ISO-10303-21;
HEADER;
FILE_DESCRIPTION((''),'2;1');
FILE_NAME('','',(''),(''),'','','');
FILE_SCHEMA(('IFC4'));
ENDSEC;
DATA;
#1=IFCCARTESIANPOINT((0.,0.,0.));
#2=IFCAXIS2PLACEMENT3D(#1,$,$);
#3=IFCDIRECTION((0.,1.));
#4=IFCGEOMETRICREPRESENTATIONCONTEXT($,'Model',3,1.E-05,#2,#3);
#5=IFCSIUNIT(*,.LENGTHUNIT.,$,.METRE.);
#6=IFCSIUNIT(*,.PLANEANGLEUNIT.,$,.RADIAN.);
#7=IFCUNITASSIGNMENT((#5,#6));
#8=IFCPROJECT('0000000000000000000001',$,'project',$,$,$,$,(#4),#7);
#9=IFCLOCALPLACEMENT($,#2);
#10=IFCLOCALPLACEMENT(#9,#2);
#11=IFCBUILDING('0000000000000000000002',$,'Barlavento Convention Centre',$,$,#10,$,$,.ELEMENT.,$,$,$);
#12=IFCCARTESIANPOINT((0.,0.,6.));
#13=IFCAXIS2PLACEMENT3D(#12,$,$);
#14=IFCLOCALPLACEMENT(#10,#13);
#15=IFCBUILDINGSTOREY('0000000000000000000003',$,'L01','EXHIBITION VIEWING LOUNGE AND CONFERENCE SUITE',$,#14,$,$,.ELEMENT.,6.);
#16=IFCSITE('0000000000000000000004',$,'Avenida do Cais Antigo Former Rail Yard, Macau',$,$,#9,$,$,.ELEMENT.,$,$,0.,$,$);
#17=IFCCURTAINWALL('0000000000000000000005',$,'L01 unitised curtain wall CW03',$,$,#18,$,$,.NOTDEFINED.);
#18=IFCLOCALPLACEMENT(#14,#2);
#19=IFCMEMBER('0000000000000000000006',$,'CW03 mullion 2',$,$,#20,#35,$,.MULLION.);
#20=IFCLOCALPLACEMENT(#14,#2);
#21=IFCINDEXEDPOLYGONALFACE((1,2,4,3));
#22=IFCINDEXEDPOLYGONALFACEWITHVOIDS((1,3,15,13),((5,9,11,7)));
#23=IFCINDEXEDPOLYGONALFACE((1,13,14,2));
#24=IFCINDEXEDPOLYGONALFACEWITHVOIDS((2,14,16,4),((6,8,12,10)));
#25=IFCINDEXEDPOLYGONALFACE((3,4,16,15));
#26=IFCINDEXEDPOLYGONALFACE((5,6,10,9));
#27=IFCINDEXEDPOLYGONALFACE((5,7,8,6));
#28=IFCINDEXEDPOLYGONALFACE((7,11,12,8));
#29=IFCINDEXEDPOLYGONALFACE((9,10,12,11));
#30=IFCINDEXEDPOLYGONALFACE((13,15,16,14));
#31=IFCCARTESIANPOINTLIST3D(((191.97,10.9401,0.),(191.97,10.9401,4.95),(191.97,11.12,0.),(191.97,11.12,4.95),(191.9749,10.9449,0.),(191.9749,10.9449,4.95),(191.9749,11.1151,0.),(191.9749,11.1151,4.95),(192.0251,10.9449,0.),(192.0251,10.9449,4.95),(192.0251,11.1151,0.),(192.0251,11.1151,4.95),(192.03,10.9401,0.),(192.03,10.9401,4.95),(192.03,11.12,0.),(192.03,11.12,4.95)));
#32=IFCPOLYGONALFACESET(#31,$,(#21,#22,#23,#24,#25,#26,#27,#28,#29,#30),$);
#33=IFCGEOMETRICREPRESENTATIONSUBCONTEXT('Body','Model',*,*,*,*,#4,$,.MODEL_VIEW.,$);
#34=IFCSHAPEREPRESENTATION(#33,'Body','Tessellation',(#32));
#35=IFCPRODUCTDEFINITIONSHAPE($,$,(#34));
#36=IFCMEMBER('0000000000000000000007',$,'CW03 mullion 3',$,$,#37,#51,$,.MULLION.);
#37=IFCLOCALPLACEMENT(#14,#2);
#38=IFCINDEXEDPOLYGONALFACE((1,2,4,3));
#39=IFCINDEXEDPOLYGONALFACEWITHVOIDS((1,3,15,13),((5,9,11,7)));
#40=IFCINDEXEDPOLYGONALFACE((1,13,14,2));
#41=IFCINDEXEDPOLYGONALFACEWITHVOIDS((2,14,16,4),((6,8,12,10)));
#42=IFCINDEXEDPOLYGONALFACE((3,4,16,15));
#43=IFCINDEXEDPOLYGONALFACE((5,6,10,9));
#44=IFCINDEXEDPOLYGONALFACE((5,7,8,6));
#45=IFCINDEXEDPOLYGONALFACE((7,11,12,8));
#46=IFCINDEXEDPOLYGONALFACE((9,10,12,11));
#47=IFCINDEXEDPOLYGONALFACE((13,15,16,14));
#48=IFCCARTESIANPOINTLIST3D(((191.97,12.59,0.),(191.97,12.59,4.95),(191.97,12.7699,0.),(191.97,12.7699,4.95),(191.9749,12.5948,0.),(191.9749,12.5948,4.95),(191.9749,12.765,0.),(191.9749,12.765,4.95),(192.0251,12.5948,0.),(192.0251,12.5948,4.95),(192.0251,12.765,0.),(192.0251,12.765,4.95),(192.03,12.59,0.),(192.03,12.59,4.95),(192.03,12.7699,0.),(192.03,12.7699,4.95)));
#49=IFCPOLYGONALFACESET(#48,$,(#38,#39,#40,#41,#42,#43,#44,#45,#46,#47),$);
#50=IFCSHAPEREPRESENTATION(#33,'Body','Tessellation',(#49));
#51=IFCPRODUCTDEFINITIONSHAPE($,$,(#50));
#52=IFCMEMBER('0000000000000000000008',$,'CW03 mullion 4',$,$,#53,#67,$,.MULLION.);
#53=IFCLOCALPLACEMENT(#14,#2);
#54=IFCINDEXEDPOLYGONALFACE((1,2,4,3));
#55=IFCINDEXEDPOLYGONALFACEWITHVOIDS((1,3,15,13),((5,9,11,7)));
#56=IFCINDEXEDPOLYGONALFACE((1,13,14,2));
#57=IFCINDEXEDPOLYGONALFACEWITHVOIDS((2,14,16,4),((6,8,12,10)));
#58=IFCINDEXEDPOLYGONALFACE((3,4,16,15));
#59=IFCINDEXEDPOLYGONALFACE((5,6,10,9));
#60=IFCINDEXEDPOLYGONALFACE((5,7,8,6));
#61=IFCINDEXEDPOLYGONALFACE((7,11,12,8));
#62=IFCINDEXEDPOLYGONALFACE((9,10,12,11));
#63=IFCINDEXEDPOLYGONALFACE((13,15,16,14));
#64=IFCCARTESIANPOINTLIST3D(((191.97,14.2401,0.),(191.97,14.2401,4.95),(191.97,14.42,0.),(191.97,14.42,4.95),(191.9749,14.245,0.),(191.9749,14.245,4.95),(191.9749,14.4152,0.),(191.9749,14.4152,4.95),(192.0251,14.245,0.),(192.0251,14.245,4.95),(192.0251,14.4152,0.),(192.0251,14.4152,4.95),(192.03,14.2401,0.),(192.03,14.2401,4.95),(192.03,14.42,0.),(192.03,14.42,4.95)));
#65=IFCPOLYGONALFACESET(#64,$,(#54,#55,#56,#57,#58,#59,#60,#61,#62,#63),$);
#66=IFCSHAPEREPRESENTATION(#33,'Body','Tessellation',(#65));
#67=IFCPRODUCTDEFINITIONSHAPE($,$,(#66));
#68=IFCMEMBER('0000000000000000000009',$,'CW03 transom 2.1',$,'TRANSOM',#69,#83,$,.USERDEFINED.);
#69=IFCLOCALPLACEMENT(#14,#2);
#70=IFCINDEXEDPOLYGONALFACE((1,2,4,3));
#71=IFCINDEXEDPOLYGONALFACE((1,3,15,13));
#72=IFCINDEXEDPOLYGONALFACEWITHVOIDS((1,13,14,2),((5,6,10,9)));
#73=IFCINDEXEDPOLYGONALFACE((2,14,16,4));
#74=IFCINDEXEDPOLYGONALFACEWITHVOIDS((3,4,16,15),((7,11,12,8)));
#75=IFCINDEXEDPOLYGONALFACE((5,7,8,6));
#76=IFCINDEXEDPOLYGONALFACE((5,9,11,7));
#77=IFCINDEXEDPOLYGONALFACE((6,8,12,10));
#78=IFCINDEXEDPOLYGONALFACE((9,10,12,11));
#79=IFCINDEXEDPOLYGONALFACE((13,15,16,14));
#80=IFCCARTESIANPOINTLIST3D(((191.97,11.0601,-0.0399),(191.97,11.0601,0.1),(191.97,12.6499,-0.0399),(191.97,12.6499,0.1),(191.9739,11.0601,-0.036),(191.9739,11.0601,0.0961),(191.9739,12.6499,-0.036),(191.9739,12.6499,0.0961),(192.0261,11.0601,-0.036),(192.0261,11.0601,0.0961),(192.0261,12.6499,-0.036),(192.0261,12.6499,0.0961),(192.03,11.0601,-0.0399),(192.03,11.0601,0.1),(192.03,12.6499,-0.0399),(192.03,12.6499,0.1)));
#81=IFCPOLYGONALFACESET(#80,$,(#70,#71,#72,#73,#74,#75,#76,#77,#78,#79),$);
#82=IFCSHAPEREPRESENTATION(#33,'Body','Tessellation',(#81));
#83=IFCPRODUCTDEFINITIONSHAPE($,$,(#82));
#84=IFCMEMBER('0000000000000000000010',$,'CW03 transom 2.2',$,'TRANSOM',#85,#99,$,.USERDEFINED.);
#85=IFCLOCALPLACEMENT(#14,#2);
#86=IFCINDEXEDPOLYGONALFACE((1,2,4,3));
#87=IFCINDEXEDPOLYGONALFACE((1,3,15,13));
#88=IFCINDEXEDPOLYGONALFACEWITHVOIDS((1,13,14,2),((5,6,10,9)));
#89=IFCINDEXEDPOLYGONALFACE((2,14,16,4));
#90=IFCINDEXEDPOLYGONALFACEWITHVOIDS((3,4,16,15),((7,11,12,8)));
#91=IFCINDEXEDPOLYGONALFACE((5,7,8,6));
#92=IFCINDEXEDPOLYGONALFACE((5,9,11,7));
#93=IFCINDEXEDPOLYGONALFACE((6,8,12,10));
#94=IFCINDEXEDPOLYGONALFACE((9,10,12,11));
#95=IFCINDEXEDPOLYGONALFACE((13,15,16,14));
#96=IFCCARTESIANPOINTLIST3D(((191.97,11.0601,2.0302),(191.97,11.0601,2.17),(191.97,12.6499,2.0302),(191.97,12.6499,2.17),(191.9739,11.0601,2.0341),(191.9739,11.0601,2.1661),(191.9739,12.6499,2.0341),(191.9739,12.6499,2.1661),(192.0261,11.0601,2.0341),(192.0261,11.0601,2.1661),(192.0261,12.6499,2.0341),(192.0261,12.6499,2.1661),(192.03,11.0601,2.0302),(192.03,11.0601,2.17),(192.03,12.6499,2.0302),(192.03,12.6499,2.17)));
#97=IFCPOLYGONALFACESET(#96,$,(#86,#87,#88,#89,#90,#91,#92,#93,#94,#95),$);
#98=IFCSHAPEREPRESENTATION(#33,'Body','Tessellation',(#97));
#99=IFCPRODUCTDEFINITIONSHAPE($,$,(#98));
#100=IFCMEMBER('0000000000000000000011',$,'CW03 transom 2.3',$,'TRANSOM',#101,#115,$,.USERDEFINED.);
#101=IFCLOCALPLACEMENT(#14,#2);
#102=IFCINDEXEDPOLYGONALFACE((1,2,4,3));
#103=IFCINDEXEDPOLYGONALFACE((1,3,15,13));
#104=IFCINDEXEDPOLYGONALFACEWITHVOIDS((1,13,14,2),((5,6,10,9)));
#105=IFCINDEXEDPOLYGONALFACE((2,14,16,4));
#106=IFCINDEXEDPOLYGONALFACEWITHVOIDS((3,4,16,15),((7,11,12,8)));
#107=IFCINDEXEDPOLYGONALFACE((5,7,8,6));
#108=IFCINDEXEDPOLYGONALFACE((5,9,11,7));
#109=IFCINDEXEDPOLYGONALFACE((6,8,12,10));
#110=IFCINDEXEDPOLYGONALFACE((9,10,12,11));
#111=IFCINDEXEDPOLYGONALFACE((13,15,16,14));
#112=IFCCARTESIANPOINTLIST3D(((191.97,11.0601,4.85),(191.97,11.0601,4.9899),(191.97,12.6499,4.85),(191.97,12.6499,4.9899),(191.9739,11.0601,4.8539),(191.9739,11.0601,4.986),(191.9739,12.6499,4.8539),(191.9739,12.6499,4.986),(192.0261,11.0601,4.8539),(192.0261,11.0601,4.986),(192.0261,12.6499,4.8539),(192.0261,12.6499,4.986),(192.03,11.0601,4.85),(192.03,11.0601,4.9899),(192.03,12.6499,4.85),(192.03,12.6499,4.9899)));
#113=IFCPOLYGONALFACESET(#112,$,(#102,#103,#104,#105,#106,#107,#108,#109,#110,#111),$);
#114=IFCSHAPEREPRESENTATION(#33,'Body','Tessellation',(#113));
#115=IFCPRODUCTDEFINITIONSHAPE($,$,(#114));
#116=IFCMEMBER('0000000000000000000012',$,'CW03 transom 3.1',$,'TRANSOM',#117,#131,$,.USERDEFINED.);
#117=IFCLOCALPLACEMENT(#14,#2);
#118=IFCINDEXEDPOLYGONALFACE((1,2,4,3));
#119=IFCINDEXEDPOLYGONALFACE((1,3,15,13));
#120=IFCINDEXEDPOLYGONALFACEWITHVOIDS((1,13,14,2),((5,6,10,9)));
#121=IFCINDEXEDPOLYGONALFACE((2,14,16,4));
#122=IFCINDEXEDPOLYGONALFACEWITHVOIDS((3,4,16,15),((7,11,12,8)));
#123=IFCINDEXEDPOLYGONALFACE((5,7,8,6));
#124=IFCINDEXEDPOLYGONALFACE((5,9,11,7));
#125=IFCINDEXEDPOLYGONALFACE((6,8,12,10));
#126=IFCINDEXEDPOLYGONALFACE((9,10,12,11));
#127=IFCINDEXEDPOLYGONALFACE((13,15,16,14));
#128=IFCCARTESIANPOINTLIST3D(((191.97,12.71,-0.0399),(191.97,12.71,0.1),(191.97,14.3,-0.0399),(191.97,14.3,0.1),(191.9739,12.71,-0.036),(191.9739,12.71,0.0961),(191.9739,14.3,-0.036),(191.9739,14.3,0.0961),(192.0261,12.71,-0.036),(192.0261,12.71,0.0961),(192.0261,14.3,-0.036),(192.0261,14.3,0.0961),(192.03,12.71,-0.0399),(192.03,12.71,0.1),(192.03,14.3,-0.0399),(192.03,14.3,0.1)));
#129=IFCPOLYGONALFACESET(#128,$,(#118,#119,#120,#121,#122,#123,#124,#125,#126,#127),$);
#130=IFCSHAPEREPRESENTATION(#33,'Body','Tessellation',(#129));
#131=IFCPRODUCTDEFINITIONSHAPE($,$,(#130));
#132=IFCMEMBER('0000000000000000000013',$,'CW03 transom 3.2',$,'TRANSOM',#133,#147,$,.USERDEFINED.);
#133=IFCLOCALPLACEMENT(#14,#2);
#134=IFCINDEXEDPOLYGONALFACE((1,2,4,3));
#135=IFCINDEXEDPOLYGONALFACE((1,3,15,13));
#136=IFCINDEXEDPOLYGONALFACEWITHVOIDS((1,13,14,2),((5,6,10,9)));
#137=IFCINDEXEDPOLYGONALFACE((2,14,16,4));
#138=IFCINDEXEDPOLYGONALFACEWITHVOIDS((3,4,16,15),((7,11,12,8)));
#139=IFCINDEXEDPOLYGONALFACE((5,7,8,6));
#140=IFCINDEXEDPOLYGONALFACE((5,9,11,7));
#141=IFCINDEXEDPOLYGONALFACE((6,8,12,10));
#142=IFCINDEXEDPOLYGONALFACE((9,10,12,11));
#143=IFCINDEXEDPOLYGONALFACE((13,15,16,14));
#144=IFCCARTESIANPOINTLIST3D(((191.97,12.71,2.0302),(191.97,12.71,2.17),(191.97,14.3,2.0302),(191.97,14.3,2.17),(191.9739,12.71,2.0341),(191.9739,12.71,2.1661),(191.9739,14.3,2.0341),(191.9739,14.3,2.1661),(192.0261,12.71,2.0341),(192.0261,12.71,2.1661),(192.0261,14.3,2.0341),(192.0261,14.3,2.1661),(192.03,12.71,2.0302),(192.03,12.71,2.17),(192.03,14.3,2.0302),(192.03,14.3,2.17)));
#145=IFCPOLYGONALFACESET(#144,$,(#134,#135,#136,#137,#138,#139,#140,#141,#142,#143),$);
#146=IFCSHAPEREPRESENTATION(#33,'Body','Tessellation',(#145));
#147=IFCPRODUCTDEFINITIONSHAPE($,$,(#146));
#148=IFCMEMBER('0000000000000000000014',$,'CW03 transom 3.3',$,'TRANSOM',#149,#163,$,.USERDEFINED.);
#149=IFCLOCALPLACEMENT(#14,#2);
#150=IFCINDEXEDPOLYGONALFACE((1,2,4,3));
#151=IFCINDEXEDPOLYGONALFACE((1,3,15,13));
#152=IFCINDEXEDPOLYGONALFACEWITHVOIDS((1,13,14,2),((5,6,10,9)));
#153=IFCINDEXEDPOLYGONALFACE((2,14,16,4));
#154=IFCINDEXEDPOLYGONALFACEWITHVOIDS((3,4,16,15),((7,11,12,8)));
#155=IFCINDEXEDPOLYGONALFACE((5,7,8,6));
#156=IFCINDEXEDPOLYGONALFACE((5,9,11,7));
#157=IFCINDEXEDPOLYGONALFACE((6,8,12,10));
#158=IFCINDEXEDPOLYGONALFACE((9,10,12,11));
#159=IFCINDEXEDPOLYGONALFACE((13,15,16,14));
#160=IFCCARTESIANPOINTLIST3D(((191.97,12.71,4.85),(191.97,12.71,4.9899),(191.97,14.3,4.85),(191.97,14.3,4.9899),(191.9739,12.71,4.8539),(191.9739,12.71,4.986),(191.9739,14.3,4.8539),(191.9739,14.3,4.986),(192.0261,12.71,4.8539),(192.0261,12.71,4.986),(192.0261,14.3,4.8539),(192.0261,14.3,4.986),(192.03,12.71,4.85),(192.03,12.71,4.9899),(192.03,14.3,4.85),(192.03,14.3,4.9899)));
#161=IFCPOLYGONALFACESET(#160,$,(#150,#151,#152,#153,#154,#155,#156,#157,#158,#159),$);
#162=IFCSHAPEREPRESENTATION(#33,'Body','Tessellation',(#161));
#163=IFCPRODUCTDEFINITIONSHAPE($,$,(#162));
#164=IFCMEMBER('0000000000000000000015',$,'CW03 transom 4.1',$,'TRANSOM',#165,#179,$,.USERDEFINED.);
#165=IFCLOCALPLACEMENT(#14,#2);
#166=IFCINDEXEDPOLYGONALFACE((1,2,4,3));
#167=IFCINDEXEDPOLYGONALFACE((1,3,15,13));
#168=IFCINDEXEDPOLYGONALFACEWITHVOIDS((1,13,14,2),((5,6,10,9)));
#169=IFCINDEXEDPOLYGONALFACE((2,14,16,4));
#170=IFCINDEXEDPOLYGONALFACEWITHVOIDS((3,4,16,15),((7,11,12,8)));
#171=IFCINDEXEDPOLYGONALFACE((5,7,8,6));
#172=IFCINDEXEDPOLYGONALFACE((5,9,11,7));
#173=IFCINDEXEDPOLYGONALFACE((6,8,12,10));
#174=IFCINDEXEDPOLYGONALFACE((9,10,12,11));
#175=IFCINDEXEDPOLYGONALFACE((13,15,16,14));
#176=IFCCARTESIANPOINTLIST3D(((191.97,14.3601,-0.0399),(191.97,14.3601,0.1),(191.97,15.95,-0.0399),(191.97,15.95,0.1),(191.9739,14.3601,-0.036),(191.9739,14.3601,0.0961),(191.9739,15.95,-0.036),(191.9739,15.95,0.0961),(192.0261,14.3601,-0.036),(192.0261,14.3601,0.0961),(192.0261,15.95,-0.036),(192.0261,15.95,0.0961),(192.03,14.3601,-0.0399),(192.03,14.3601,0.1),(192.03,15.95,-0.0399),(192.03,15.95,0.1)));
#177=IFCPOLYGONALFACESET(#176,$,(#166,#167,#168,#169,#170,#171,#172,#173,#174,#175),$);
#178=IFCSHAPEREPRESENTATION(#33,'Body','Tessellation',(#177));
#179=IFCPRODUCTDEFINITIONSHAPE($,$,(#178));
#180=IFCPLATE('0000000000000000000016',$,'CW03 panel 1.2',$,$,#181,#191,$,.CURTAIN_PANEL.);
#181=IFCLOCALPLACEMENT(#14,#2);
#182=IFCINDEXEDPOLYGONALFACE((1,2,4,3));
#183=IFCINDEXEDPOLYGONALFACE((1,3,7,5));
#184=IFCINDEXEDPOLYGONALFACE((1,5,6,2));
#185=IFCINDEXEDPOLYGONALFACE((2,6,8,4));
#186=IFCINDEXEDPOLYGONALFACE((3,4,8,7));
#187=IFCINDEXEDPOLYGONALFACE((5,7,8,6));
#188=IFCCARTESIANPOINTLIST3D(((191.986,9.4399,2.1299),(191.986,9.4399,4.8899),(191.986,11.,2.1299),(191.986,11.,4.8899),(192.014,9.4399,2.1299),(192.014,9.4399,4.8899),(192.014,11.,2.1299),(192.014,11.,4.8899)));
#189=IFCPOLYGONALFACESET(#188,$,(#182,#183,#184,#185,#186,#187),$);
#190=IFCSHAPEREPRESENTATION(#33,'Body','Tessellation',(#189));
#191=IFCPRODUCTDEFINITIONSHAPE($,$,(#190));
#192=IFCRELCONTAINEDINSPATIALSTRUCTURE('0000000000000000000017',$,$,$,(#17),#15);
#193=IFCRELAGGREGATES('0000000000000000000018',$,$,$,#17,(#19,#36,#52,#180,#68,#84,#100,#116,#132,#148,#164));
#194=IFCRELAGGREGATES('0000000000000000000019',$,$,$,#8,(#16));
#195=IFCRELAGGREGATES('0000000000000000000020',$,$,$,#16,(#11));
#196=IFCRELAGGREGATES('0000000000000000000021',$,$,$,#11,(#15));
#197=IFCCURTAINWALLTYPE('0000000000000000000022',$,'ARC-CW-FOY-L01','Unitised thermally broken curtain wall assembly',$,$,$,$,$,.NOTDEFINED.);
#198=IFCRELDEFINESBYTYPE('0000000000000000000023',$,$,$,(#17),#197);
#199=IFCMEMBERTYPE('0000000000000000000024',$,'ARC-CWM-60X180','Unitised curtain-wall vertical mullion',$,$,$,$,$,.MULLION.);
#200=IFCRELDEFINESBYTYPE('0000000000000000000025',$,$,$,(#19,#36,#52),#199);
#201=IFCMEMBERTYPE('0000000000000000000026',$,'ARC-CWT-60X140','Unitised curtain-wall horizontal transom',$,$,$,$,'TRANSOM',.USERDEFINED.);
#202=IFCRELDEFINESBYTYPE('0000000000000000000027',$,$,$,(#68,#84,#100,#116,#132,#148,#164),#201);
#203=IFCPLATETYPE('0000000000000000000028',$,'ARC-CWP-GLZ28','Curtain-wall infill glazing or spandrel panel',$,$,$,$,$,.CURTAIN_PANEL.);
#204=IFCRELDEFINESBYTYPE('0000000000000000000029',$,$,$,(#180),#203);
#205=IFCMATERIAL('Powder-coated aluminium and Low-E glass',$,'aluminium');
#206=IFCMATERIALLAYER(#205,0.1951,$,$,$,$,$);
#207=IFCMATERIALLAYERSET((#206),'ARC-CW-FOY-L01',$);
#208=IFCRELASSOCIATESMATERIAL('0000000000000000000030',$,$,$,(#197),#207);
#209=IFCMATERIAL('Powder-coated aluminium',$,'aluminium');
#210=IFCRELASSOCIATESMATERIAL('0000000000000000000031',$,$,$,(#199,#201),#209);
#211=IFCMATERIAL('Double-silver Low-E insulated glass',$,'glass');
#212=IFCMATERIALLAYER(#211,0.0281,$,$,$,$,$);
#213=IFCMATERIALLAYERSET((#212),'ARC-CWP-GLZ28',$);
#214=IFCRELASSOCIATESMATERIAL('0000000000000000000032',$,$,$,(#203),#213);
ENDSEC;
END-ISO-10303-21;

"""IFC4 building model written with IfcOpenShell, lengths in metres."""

from ifc_helpers import new_model, si_unit, direction, frame, origin, origin_2d, place, context, subcontext, project, spatial, rectangle, hollow_rectangle, extrude, material, layer, layer_set, material_profile, profile_set, type_object, element, aggregate, save


model = new_model("IFC4")

# Units and contexts
model_context = context("Model", 3, precision=1e-05, world=origin(), true_north=direction((0.0, 1.0)))
body_context = subcontext(model_context, "Body", "Model", "MODEL_VIEW")
ifc_project = project(units=[si_unit("LENGTHUNIT", "METRE"), si_unit("PLANEANGLEUNIT", "RADIAN")], contexts=[model_context])

# Site, building, storey
site_placement = place(None, origin())
site = spatial("IfcSite", under=ifc_project, at=site_placement, Name="Avenida do Cais Antigo Former Rail Yard, Macau", CompositionType="ELEMENT", RefElevation=0.0)
building_placement = place(site_placement, origin())
building = spatial("IfcBuilding", under=site, at=building_placement, Name="Barlavento Convention Centre", CompositionType="ELEMENT")
storey_placement = place(building_placement, frame((0.0, 0.0, 6.0)))
storey = spatial("IfcBuildingStorey", under=building, at=storey_placement, Name="L01", Description="EXHIBITION VIEWING LOUNGE AND CONFERENCE SUITE", CompositionType="ELEMENT", Elevation=6.0)

# Curtain wall, members, plate
ifc_material_1 = material(Name="Powder-coated aluminium and Low-E glass", Category="aluminium")
ifc_layer_1 = layer(ifc_material_1, 0.1951)
ifc_layer_set_1 = layer_set([ifc_layer_1], Name="ARC-CW-FOY-L01")
curtain_wall_type = type_object("IfcCurtainWallType", Name="ARC-CW-FOY-L01", Description="Unitised thermally broken curtain wall assembly", PredefinedType="NOTDEFINED", material=ifc_layer_set_1)
curtain_wall_placement = place(storey_placement, origin())
curtain_wall = element("IfcCurtainWall", 1, at=curtain_wall_placement, inside=storey, type_object=curtain_wall_type, Name="L01 unitised curtain wall CW03", PredefinedType="NOTDEFINED")
ifc_material_2 = material(Name="Powder-coated aluminium", Category="aluminium")
ifc_material_profile_1 = material_profile(ifc_material_2, hollow_rectangle(XDim=0.0601, YDim=0.1799, WallThickness=0.0049, at=origin_2d()), Name="AL-MULL 60x180x5")
ifc_profile_set_1 = profile_set([ifc_material_profile_1], Name="Powder-coated aluminium")
member_type_1 = type_object("IfcMemberType", Name="ARC-CWM-60X180", Description="Unitised curtain-wall vertical mullion", PredefinedType="MULLION", material=ifc_profile_set_1)
member_1_placement = place(storey_placement, frame((192.0, 11.03, 0.0), z_axis=(0.0, 0.0, 1.0), x_axis=(-1.0, 0.0, 0.0)))
member_1 = element("IfcMember", 2, at=member_1_placement, type_object=member_type_1, Name="CW03 mullion 2", PredefinedType="MULLION", context=body_context, shape_type="SweptSolid", body=[
    extrude(hollow_rectangle(XDim=0.0601, YDim=0.1799, WallThickness=0.0049, at=origin_2d()), origin(), (0.0, 0.0, 1.0), 4.95),
])
member_2_placement = place(storey_placement, frame((192.0, 12.6799, 0.0), z_axis=(0.0, 0.0, 1.0), x_axis=(-1.0, 0.0, 0.0)))
member_2 = element("IfcMember", 3, at=member_2_placement, type_object=member_type_1, Name="CW03 mullion 3", PredefinedType="MULLION", context=body_context, shape_type="SweptSolid", body=[
    extrude(hollow_rectangle(XDim=0.0601, YDim=0.1799, WallThickness=0.0049, at=origin_2d()), origin(), (0.0, 0.0, 1.0), 4.95),
])
member_3_placement = place(storey_placement, frame((192.0, 14.3301, 0.0), z_axis=(0.0, 0.0, 1.0), x_axis=(-1.0, 0.0, 0.0)))
member_3 = element("IfcMember", 4, at=member_3_placement, type_object=member_type_1, Name="CW03 mullion 4", PredefinedType="MULLION", context=body_context, shape_type="SweptSolid", body=[
    extrude(hollow_rectangle(XDim=0.0601, YDim=0.1799, WallThickness=0.0049, at=origin_2d()), origin(), (0.0, 0.0, 1.0), 4.95),
])
ifc_material_profile_2 = material_profile(ifc_material_2, hollow_rectangle(XDim=0.0601, YDim=0.1399, WallThickness=0.0039, at=origin_2d()), Name="AL-TRAN 60x140x4")
ifc_profile_set_2 = profile_set([ifc_material_profile_2], Name="Powder-coated aluminium")
member_type_2 = type_object("IfcMemberType", Name="ARC-CWT-60X140", Description="Unitised curtain-wall horizontal transom", ElementType="TRANSOM", PredefinedType="USERDEFINED", material=ifc_profile_set_2)
member_4_placement = place(storey_placement, frame((192.0, 11.0601, 0.03), z_axis=(0.0, 1.0, 0.0), x_axis=(-1.0, 0.0, 0.0)))
member_4 = element("IfcMember", 5, at=member_4_placement, type_object=member_type_2, Name="CW03 transom 2.1", ObjectType="TRANSOM", PredefinedType="USERDEFINED", context=body_context, shape_type="SweptSolid", body=[
    extrude(hollow_rectangle(XDim=0.0601, YDim=0.1399, WallThickness=0.0039, at=origin_2d()), origin(), (0.0, 0.0, 1.0), 1.5898),
])
member_5_placement = place(storey_placement, frame((192.0, 11.0601, 2.1001), z_axis=(0.0, 1.0, 0.0), x_axis=(-1.0, 0.0, 0.0)))
member_5 = element("IfcMember", 6, at=member_5_placement, type_object=member_type_2, Name="CW03 transom 2.2", ObjectType="TRANSOM", PredefinedType="USERDEFINED", context=body_context, shape_type="SweptSolid", body=[
    extrude(hollow_rectangle(XDim=0.0601, YDim=0.1399, WallThickness=0.0039, at=origin_2d()), origin(), (0.0, 0.0, 1.0), 1.5898),
])
member_6_placement = place(storey_placement, frame((192.0, 11.0601, 4.9199), z_axis=(0.0, 1.0, 0.0), x_axis=(-1.0, 0.0, 0.0)))
member_6 = element("IfcMember", 7, at=member_6_placement, type_object=member_type_2, Name="CW03 transom 2.3", ObjectType="TRANSOM", PredefinedType="USERDEFINED", context=body_context, shape_type="SweptSolid", body=[
    extrude(hollow_rectangle(XDim=0.0601, YDim=0.1399, WallThickness=0.0039, at=origin_2d()), origin(), (0.0, 0.0, 1.0), 1.5898),
])
member_7_placement = place(storey_placement, frame((192.0, 12.71, 0.03), z_axis=(0.0, 1.0, 0.0), x_axis=(-1.0, 0.0, 0.0)))
member_7 = element("IfcMember", 8, at=member_7_placement, type_object=member_type_2, Name="CW03 transom 3.1", ObjectType="TRANSOM", PredefinedType="USERDEFINED", context=body_context, shape_type="SweptSolid", body=[
    extrude(hollow_rectangle(XDim=0.0601, YDim=0.1399, WallThickness=0.0039, at=origin_2d()), origin(), (0.0, 0.0, 1.0), 1.5901),
])
member_8_placement = place(storey_placement, frame((192.0, 12.71, 2.1001), z_axis=(0.0, 1.0, 0.0), x_axis=(-1.0, 0.0, 0.0)))
member_8 = element("IfcMember", 9, at=member_8_placement, type_object=member_type_2, Name="CW03 transom 3.2", ObjectType="TRANSOM", PredefinedType="USERDEFINED", context=body_context, shape_type="SweptSolid", body=[
    extrude(hollow_rectangle(XDim=0.0601, YDim=0.1399, WallThickness=0.0039, at=origin_2d()), origin(), (0.0, 0.0, 1.0), 1.5901),
])
member_9_placement = place(storey_placement, frame((192.0, 12.71, 4.9199), z_axis=(0.0, 1.0, 0.0), x_axis=(-1.0, 0.0, 0.0)))
member_9 = element("IfcMember", 10, at=member_9_placement, type_object=member_type_2, Name="CW03 transom 3.3", ObjectType="TRANSOM", PredefinedType="USERDEFINED", context=body_context, shape_type="SweptSolid", body=[
    extrude(hollow_rectangle(XDim=0.0601, YDim=0.1399, WallThickness=0.0039, at=origin_2d()), origin(), (0.0, 0.0, 1.0), 1.5901),
])
member_10_placement = place(storey_placement, frame((192.0, 14.3601, 0.03), z_axis=(0.0, 1.0, 0.0), x_axis=(-1.0, 0.0, 0.0)))
member_10 = element("IfcMember", 11, at=member_10_placement, type_object=member_type_2, Name="CW03 transom 4.1", ObjectType="TRANSOM", PredefinedType="USERDEFINED", context=body_context, shape_type="SweptSolid", body=[
    extrude(hollow_rectangle(XDim=0.0601, YDim=0.1399, WallThickness=0.0039, at=origin_2d()), origin(), (0.0, 0.0, 1.0), 1.5898),
])
ifc_material_3 = material(Name="Double-silver Low-E insulated glass", Category="glass")
ifc_layer_2 = layer(ifc_material_3, 0.0281)
ifc_layer_set_2 = layer_set([ifc_layer_2], Name="ARC-CWP-GLZ28")
plate_type = type_object("IfcPlateType", Name="ARC-CWP-GLZ28", Description="Curtain-wall infill glazing or spandrel panel", PredefinedType="CURTAIN_PANEL", material=ifc_layer_set_2)
plate_1_placement = place(storey_placement, frame((192.0, 10.22, 2.1299), z_axis=(0.0, 0.0, 1.0), x_axis=(0.0, 1.0, 0.0)))
plate_1 = element("IfcPlate", 12, at=plate_1_placement, type_object=plate_type, Name="CW03 panel 1.2", PredefinedType="CURTAIN_PANEL", context=body_context, shape_type="SweptSolid", body=[
    extrude(rectangle(XDim=1.5601, YDim=0.0281, at=origin_2d()), origin(), (0.0, 0.0, 1.0), 2.76),
])
aggregate(curtain_wall, [member_1, member_2, member_3, plate_1, member_4, member_5, member_6, member_7, member_8, member_9, member_10])

save(model, "model.ifc")
